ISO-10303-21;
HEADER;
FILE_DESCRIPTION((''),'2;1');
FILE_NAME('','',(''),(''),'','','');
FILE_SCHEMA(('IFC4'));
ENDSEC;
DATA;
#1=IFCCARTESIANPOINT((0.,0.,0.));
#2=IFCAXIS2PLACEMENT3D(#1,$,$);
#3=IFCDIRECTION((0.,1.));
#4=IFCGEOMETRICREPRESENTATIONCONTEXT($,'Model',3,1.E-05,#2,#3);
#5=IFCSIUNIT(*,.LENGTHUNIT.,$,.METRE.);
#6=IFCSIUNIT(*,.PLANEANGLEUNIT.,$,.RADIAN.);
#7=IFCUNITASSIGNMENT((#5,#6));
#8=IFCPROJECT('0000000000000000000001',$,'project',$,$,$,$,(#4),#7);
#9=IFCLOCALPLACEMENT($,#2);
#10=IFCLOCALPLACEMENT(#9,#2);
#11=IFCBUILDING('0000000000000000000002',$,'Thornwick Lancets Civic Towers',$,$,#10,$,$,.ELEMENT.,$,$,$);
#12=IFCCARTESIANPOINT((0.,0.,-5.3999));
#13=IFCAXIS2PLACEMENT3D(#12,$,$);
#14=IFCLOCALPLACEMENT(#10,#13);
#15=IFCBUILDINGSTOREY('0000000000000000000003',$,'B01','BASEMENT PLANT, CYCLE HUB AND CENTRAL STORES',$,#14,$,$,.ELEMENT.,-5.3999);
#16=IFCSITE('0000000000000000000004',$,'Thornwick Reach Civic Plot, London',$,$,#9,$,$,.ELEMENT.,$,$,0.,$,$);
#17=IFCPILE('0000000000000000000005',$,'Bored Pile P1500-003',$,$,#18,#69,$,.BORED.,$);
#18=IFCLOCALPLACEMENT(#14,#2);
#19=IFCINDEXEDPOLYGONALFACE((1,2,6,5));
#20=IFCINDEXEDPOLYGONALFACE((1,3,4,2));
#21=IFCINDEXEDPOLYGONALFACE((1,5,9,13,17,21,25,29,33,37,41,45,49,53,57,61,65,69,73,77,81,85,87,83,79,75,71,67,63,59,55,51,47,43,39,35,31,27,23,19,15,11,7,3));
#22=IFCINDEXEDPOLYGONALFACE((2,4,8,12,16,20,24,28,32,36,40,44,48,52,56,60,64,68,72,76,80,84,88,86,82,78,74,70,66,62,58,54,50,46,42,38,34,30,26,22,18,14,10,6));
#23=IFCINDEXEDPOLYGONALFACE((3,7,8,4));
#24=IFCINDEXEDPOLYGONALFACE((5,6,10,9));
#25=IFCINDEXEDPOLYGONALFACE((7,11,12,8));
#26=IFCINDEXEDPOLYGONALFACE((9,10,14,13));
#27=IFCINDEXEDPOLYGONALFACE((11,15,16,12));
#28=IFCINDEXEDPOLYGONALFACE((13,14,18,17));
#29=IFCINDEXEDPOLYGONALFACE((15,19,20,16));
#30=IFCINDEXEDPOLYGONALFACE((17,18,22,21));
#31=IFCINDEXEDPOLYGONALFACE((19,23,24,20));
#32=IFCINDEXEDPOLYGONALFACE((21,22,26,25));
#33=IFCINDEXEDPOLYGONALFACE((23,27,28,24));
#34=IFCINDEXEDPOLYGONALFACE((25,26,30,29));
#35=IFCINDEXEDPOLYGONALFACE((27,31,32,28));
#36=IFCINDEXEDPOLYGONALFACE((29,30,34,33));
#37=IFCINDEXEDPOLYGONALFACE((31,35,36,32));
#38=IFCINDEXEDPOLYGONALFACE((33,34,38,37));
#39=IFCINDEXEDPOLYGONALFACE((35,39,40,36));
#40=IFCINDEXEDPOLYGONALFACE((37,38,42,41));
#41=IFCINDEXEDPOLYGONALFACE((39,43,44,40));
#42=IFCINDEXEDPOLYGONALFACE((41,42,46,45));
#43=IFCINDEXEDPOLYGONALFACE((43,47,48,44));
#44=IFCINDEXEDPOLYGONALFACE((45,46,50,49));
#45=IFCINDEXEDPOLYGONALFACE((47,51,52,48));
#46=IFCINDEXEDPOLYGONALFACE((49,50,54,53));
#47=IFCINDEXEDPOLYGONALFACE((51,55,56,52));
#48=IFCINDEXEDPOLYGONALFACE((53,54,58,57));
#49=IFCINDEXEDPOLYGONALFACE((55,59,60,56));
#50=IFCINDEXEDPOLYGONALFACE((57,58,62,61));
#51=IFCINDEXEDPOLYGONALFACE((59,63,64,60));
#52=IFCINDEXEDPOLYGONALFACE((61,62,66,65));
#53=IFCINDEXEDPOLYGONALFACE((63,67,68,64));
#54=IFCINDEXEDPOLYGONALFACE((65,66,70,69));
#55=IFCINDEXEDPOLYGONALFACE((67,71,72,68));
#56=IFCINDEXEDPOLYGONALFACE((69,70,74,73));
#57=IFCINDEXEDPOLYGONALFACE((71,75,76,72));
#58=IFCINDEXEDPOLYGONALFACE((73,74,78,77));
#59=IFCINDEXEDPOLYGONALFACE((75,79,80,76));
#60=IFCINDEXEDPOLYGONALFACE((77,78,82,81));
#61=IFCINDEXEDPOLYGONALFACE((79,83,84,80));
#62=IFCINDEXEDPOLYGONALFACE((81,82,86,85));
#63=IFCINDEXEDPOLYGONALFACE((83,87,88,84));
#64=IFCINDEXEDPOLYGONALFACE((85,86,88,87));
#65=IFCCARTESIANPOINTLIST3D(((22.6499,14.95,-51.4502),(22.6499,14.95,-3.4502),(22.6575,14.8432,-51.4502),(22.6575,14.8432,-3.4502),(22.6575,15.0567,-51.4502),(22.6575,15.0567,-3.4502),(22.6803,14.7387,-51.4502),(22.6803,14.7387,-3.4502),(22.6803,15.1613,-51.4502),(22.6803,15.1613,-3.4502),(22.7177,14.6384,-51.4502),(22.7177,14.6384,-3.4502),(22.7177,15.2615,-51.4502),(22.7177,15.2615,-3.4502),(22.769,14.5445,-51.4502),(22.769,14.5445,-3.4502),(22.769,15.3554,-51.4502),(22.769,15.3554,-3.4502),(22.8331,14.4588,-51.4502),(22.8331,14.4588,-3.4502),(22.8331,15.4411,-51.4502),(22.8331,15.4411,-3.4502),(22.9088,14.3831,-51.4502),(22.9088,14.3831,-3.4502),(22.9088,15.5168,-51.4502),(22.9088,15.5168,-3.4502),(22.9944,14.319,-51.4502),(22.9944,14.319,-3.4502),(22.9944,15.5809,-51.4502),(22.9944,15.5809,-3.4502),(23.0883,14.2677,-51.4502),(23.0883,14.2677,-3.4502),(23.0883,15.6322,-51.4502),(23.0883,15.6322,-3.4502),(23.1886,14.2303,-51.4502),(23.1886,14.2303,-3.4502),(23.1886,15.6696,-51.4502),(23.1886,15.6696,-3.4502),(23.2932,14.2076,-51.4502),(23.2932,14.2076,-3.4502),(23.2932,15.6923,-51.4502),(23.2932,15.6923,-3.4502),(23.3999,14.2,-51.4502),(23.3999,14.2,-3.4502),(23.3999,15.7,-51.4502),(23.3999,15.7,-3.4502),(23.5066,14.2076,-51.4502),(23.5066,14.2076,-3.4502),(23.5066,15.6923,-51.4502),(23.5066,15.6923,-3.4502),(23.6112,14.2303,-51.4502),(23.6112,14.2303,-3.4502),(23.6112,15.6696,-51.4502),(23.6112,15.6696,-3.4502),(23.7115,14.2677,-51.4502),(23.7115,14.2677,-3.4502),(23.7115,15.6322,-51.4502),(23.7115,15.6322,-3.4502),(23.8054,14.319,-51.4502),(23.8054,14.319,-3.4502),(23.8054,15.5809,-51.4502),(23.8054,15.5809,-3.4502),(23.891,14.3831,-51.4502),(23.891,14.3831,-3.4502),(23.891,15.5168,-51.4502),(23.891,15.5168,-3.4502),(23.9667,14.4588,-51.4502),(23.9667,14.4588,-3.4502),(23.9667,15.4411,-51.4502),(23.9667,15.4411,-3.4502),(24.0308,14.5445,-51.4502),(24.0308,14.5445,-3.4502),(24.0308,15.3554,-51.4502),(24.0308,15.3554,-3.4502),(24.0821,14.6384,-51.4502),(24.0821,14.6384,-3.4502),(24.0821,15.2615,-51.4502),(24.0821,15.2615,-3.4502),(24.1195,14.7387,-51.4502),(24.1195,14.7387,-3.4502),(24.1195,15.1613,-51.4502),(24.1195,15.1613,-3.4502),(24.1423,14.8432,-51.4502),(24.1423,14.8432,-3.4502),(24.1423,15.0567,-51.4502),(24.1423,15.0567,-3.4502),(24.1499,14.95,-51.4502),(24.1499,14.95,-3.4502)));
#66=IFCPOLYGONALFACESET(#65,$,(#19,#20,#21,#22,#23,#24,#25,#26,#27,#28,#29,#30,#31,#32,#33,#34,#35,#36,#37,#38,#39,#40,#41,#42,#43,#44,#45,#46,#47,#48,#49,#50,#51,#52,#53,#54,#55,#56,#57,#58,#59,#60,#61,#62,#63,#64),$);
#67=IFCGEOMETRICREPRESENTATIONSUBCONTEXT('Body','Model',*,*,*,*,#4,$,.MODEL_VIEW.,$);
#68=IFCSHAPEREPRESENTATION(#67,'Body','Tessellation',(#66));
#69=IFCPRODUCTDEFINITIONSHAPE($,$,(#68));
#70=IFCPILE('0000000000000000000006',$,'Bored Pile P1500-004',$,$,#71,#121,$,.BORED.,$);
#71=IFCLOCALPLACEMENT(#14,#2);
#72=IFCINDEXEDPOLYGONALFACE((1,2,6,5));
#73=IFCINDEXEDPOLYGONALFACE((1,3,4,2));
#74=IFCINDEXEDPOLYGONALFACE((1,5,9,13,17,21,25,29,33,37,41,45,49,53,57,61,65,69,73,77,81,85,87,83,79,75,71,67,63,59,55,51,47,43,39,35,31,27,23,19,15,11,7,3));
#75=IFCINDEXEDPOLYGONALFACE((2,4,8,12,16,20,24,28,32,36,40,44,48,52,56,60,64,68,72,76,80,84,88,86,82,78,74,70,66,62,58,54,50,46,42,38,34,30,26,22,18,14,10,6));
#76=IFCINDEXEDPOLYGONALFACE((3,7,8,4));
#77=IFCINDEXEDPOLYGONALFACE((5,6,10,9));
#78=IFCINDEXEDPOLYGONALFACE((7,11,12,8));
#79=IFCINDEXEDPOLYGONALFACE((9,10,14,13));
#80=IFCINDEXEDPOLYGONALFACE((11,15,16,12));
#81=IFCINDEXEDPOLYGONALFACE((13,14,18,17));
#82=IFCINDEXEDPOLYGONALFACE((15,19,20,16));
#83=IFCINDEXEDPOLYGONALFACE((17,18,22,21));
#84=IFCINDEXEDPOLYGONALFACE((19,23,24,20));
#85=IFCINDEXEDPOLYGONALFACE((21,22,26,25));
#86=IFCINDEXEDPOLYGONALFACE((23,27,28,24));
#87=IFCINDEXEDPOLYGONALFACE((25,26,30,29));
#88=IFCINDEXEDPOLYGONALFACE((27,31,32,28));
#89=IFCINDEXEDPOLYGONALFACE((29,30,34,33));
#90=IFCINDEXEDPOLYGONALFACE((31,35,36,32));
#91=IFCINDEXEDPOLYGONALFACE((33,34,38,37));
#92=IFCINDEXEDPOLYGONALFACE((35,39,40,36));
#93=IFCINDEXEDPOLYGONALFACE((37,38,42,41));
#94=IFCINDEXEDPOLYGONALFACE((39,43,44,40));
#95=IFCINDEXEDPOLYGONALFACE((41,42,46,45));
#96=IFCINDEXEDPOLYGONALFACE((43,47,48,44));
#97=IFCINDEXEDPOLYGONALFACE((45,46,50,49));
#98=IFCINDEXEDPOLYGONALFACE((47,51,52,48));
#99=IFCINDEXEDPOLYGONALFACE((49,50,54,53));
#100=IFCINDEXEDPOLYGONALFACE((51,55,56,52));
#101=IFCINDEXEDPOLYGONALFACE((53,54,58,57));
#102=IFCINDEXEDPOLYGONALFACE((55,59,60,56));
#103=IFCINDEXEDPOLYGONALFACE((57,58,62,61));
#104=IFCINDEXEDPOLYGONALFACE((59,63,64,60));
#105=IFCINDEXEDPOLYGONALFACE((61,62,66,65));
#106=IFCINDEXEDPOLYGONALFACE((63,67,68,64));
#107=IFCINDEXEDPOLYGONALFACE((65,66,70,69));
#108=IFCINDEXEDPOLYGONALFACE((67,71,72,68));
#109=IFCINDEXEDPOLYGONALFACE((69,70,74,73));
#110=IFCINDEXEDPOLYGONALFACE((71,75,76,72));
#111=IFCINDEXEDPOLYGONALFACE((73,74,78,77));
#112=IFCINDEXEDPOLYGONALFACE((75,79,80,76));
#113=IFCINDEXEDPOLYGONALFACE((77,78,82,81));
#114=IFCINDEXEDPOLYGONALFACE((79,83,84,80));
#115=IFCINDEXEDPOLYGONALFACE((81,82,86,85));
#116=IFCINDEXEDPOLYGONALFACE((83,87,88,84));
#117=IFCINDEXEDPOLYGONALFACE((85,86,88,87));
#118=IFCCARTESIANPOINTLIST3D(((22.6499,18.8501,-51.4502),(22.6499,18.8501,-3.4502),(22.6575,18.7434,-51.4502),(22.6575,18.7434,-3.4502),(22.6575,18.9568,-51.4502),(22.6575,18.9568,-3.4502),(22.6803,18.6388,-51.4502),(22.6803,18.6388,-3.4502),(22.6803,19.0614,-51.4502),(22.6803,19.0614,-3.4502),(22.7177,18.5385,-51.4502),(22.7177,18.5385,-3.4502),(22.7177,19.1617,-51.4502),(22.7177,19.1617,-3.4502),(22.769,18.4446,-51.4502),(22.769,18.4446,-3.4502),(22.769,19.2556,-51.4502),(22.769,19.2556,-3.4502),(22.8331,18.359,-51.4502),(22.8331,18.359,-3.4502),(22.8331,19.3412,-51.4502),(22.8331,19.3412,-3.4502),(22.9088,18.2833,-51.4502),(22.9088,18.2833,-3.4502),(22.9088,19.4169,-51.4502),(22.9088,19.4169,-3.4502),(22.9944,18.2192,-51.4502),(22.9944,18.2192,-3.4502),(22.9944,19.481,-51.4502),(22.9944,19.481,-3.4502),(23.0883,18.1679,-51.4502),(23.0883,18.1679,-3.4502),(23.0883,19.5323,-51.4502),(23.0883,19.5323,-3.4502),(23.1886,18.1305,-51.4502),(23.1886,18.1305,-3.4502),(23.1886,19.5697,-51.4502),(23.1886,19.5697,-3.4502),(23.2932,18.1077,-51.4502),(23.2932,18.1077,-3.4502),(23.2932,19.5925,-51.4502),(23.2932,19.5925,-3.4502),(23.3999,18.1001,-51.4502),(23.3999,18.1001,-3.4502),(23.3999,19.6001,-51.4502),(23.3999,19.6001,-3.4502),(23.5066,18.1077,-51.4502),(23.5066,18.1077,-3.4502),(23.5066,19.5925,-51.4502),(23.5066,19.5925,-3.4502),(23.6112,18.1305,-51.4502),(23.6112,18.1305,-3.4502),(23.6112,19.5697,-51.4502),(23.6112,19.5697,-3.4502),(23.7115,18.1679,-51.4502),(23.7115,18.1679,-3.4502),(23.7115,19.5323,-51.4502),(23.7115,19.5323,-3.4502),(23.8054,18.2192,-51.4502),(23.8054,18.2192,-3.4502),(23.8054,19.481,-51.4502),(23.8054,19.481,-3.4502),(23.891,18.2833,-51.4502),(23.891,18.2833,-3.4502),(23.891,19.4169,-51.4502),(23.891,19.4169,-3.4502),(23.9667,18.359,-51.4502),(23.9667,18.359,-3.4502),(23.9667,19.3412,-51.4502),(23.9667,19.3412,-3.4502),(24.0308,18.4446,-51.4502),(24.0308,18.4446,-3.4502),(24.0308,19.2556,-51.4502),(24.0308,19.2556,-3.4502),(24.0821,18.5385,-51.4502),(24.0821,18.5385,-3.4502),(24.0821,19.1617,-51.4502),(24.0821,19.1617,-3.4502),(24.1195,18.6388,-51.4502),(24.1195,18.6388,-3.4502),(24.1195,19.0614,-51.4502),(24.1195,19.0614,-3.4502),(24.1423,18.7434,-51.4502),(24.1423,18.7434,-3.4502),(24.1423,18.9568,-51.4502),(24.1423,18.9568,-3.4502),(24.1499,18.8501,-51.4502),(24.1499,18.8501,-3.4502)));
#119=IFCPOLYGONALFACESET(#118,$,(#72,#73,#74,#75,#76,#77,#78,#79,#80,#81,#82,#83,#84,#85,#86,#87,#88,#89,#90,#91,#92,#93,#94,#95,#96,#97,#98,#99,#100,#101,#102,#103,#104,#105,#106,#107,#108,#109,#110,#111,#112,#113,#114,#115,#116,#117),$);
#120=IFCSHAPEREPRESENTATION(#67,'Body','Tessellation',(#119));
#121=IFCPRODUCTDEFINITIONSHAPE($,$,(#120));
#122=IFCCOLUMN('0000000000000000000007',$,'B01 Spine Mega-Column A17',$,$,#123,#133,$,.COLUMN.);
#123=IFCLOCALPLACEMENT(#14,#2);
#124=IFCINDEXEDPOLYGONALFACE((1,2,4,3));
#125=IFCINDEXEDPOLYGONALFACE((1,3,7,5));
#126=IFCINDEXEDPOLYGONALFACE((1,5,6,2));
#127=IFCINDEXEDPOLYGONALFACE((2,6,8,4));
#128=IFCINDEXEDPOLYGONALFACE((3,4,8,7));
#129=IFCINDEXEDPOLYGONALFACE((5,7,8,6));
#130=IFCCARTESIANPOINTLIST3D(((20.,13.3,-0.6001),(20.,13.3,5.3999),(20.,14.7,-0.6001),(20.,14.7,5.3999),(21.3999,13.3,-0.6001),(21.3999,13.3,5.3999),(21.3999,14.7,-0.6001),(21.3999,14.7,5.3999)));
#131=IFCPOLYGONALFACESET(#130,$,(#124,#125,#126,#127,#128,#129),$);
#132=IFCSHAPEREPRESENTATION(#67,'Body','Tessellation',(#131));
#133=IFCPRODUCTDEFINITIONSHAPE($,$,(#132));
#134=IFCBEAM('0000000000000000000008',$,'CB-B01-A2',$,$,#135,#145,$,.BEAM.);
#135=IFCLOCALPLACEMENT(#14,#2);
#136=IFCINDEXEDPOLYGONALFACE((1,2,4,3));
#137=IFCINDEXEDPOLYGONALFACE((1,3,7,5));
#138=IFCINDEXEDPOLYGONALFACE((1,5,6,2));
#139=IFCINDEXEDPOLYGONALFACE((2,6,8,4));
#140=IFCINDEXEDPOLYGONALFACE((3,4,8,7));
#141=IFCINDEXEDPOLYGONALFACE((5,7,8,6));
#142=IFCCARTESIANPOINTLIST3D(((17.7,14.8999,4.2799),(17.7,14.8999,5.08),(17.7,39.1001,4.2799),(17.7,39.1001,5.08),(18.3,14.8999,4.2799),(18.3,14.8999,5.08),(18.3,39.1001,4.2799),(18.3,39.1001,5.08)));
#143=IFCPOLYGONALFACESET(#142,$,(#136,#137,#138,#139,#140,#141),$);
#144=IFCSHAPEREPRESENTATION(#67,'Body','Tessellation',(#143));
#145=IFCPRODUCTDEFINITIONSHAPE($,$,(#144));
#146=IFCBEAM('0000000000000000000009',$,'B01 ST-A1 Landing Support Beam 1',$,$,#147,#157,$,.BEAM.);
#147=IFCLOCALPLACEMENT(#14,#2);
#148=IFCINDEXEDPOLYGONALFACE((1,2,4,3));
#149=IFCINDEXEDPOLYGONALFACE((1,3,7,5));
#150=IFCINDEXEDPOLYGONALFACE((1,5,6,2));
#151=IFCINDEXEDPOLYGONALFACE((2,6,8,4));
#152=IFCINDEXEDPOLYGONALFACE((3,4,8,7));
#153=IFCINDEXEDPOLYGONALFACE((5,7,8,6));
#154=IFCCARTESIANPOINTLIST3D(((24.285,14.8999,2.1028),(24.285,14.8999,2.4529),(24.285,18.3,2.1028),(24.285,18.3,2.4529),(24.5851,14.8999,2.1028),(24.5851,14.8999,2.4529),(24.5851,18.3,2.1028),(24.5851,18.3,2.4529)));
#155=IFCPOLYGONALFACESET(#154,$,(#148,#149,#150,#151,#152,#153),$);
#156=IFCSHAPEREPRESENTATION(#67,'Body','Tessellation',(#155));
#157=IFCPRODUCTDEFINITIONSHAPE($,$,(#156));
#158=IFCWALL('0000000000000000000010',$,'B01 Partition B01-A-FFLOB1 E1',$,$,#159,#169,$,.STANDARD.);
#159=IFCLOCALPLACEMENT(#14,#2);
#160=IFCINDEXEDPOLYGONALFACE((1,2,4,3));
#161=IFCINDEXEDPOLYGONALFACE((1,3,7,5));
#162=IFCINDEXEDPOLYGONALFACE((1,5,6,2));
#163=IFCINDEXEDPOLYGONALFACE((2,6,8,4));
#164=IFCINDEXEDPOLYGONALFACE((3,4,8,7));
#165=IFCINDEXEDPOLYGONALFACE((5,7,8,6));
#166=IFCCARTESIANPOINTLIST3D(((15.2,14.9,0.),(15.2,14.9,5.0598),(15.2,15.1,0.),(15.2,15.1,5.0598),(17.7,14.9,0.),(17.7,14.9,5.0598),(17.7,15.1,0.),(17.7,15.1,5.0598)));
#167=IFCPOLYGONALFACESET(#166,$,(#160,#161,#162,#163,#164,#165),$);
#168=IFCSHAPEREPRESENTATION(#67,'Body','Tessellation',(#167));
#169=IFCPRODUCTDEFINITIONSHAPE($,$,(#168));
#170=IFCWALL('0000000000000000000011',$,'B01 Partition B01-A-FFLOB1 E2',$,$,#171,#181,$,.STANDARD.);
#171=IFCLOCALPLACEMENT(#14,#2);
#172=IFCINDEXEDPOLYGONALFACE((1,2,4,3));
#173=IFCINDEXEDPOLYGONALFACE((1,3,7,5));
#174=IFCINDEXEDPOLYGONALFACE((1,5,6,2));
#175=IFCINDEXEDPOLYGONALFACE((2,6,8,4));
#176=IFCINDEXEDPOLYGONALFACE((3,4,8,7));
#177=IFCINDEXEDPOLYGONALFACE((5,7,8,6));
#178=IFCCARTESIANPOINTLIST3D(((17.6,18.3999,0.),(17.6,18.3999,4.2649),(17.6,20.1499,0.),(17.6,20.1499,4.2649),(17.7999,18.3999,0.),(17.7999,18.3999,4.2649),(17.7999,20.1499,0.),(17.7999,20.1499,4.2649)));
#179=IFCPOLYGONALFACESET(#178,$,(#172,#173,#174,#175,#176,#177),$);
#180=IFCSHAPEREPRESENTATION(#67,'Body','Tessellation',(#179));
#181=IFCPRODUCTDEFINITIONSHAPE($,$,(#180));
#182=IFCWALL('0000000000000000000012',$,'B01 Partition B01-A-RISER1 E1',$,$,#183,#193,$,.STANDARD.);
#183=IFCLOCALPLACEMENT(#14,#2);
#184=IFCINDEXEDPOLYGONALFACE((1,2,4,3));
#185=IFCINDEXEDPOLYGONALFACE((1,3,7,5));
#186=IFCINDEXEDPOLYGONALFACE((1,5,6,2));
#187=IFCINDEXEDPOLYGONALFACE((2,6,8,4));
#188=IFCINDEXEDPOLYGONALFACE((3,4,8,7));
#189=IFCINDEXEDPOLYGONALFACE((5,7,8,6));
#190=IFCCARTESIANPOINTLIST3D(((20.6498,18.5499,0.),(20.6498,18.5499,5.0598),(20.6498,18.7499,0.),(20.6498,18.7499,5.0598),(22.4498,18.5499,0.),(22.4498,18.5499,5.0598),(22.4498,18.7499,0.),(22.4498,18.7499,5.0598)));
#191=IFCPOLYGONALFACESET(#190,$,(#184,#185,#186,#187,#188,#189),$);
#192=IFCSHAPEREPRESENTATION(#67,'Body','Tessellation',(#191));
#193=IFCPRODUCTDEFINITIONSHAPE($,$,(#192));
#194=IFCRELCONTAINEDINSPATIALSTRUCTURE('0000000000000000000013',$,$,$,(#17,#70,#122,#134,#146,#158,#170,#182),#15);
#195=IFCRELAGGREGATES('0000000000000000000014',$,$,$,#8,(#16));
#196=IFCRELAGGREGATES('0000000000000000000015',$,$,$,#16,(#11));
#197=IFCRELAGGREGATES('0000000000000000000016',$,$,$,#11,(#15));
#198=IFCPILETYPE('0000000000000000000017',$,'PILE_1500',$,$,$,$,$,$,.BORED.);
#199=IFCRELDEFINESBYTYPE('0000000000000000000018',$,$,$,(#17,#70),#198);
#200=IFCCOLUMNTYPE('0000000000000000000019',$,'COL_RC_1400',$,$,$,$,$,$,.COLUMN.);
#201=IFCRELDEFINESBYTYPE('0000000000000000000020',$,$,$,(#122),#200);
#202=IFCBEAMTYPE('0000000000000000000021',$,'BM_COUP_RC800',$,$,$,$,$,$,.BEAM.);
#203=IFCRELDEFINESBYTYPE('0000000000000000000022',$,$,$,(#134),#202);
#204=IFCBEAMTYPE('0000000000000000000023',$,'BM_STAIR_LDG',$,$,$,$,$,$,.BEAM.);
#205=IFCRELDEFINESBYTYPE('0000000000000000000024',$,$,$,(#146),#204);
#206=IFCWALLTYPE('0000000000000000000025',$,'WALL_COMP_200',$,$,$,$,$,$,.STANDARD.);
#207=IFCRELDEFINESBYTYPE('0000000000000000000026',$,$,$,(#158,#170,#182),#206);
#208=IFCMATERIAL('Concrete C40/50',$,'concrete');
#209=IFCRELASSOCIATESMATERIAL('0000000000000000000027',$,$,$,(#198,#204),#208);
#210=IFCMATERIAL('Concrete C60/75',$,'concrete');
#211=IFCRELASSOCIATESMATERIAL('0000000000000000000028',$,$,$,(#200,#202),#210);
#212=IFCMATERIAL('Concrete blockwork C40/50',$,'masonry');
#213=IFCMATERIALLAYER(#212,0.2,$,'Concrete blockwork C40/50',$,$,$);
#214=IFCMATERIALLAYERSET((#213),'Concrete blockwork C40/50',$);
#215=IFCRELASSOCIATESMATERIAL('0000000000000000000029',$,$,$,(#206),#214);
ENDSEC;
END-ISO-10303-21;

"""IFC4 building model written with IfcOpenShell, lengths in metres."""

from ifc_helpers import new_model, si_unit, direction, frame, frame_2d, origin, origin_2d, place, context, subcontext, project, spatial, rectangle, circle, extrude, material, layer, layer_set, material_profile, profile_set, type_object, element, save


model = new_model("IFC4")

# Units and contexts
model_context = context("Model", 3, precision=1e-05, world=origin(), true_north=direction((0.0, 1.0)))
body_context = subcontext(model_context, "Body", "Model", "MODEL_VIEW")
ifc_project = project(units=[si_unit("LENGTHUNIT", "METRE"), si_unit("PLANEANGLEUNIT", "RADIAN")], contexts=[model_context])

# Site, building, storey
site_placement = place(None, origin())
site = spatial("IfcSite", under=ifc_project, at=site_placement, Name="Thornwick Reach Civic Plot, London", CompositionType="ELEMENT", RefElevation=0.0)
building_placement = place(site_placement, origin())
building = spatial("IfcBuilding", under=site, at=building_placement, Name="Thornwick Lancets Civic Towers", CompositionType="ELEMENT")
storey_placement = place(building_placement, frame((0.0, 0.0, -5.3999)))
storey = spatial("IfcBuildingStorey", under=building, at=storey_placement, Name="B01", Description="BASEMENT PLANT, CYCLE HUB AND CENTRAL STORES", CompositionType="ELEMENT", Elevation=-5.3999)

# Shared definitions
ifc_material_1 = material(Name="Concrete C40/50", Category="concrete")

# Piles
ifc_material_profile_1 = material_profile(ifc_material_1, circle(Radius=0.75, at=origin_2d()), Name="PILE D1500")
ifc_profile_set_1 = profile_set([ifc_material_profile_1], Name="Concrete C40/50")
pile_type_1 = type_object("IfcPileType", Name="PILE_1500", PredefinedType="BORED", material=ifc_profile_set_1)
for number, where, z_axis, x_axis, name in (
    (1, (23.3999, 14.95, -3.4502), (0.0, 0.0, -1.0), (1.0, 0.0, 0.0), "Bored Pile P1500-003"),
    (2, (23.3999, 18.8501, -3.4502), (0.0, 0.0, -1.0), (1.0, 0.0, 0.0), "Bored Pile P1500-004"),
):
    element("IfcPile", number, at=place(storey_placement, frame(where, z_axis=z_axis, x_axis=x_axis)), inside=storey, type_object=pile_type_1, Name=name, PredefinedType="BORED", context=body_context, shape_type="SweptSolid", body=[
        extrude(circle(Radius=0.75, at=origin_2d()), origin(), (0.0, 0.0, 1.0), 48.0),
    ])

# Column
ifc_material_2 = material(Name="Concrete C60/75", Category="concrete")
ifc_material_profile_2 = material_profile(ifc_material_2, rectangle(XDim=1.3999, YDim=1.3999, at=origin_2d()), Name="RC 1400x1400")
ifc_profile_set_2 = profile_set([ifc_material_profile_2], Name="Concrete C60/75")
column_type = type_object("IfcColumnType", Name="COL_RC_1400", PredefinedType="COLUMN", material=ifc_profile_set_2)
column_placement = place(storey_placement, frame((20.7, 14.0, -0.6001), z_axis=(0.0, 0.0, 1.0), x_axis=(1.0, 0.0, 0.0)))
element("IfcColumn", 3, at=column_placement, inside=storey, type_object=column_type, Name="B01 Spine Mega-Column A17", PredefinedType="COLUMN", context=body_context, shape_type="SweptSolid", body=[
    extrude(rectangle(XDim=1.3999, YDim=1.3999, at=origin_2d()), origin(), (0.0, 0.0, 1.0), 6.0),
])

# Beams
ifc_material_profile_3 = material_profile(ifc_material_2, rectangle(XDim=0.6001, YDim=0.8, at=origin_2d()), Name="RC 600x800")
ifc_profile_set_3 = profile_set([ifc_material_profile_3], Name="Concrete C60/75")
beam_type_1 = type_object("IfcBeamType", Name="BM_COUP_RC800", PredefinedType="BEAM", material=ifc_profile_set_3)
beam_1_placement = place(storey_placement, frame((18.0, 14.8999, 4.6799), z_axis=(0.0, 1.0, 0.0), x_axis=(-1.0, 0.0, 0.0)))
element("IfcBeam", 4, at=beam_1_placement, inside=storey, type_object=beam_type_1, Name="CB-B01-A2", PredefinedType="BEAM", context=body_context, shape_type="SweptSolid", body=[
    extrude(rectangle(XDim=0.6001, YDim=0.8, at=origin_2d()), origin(), (0.0, 0.0, 1.0), 24.2002),
])
ifc_material_profile_4 = material_profile(ifc_material_1, rectangle(XDim=0.3, YDim=0.3501, at=origin_2d()), Name="RC 300x350")
ifc_profile_set_4 = profile_set([ifc_material_profile_4], Name="Concrete C40/50")
beam_type_2 = type_object("IfcBeamType", Name="BM_STAIR_LDG", PredefinedType="BEAM", material=ifc_profile_set_4)
beam_2_placement = place(storey_placement, frame((24.4351, 14.8999, 2.2778), z_axis=(0.0, 1.0, 0.0), x_axis=(-1.0, 0.0, 0.0)))
element("IfcBeam", 5, at=beam_2_placement, inside=storey, type_object=beam_type_2, Name="B01 ST-A1 Landing Support Beam 1", PredefinedType="BEAM", context=body_context, shape_type="SweptSolid", body=[
    extrude(rectangle(XDim=0.3, YDim=0.3501, at=origin_2d()), origin(), (0.0, 0.0, 1.0), 3.4001),
])

# Walls
ifc_material_3 = material(Name="Concrete blockwork C40/50", Category="masonry")
ifc_layer_1 = layer(ifc_material_3, 0.2, Name="Concrete blockwork C40/50")
ifc_layer_set_1 = layer_set([ifc_layer_1], Name="Concrete blockwork C40/50")
wall_type_1 = type_object("IfcWallType", Name="WALL_COMP_200", PredefinedType="STANDARD", material=ifc_layer_set_1)
wall_1_placement = place(storey_placement, frame((15.2, 15.0, 0.0), z_axis=(0.0, 0.0, 1.0), x_axis=(1.0, 0.0, 0.0)))
element("IfcWall", 6, at=wall_1_placement, inside=storey, type_object=wall_type_1, Name="B01 Partition B01-A-FFLOB1 E1", PredefinedType="STANDARD", context=body_context, shape_type="SweptSolid", body=[
    extrude(rectangle(XDim=2.5, YDim=0.2, at=frame_2d((1.25, 0.0))), origin(), (0.0, 0.0, 1.0), 5.0598),
])
wall_2_placement = place(storey_placement, frame((17.7, 18.3999, 0.0), z_axis=(0.0, 0.0, 1.0), x_axis=(0.0, 1.0, 0.0)))
element("IfcWall", 7, at=wall_2_placement, inside=storey, type_object=wall_type_1, Name="B01 Partition B01-A-FFLOB1 E2", PredefinedType="STANDARD", context=body_context, shape_type="SweptSolid", body=[
    extrude(rectangle(XDim=1.75, YDim=0.2, at=frame_2d((0.875, 0.0))), origin(), (0.0, 0.0, 1.0), 4.2649),
])
wall_3_placement = place(storey_placement, frame((20.6499, 18.6499, 0.0), z_axis=(0.0, 0.0, 1.0), x_axis=(1.0, 0.0, 0.0)))
element("IfcWall", 8, at=wall_3_placement, inside=storey, type_object=wall_type_1, Name="B01 Partition B01-A-RISER1 E1", PredefinedType="STANDARD", context=body_context, shape_type="SweptSolid", body=[
    extrude(rectangle(XDim=1.8, YDim=0.2, at=frame_2d((0.8999, 0.0))), origin(), (0.0, 0.0, 1.0), 5.0598),
])

save(model, "model.ifc")
